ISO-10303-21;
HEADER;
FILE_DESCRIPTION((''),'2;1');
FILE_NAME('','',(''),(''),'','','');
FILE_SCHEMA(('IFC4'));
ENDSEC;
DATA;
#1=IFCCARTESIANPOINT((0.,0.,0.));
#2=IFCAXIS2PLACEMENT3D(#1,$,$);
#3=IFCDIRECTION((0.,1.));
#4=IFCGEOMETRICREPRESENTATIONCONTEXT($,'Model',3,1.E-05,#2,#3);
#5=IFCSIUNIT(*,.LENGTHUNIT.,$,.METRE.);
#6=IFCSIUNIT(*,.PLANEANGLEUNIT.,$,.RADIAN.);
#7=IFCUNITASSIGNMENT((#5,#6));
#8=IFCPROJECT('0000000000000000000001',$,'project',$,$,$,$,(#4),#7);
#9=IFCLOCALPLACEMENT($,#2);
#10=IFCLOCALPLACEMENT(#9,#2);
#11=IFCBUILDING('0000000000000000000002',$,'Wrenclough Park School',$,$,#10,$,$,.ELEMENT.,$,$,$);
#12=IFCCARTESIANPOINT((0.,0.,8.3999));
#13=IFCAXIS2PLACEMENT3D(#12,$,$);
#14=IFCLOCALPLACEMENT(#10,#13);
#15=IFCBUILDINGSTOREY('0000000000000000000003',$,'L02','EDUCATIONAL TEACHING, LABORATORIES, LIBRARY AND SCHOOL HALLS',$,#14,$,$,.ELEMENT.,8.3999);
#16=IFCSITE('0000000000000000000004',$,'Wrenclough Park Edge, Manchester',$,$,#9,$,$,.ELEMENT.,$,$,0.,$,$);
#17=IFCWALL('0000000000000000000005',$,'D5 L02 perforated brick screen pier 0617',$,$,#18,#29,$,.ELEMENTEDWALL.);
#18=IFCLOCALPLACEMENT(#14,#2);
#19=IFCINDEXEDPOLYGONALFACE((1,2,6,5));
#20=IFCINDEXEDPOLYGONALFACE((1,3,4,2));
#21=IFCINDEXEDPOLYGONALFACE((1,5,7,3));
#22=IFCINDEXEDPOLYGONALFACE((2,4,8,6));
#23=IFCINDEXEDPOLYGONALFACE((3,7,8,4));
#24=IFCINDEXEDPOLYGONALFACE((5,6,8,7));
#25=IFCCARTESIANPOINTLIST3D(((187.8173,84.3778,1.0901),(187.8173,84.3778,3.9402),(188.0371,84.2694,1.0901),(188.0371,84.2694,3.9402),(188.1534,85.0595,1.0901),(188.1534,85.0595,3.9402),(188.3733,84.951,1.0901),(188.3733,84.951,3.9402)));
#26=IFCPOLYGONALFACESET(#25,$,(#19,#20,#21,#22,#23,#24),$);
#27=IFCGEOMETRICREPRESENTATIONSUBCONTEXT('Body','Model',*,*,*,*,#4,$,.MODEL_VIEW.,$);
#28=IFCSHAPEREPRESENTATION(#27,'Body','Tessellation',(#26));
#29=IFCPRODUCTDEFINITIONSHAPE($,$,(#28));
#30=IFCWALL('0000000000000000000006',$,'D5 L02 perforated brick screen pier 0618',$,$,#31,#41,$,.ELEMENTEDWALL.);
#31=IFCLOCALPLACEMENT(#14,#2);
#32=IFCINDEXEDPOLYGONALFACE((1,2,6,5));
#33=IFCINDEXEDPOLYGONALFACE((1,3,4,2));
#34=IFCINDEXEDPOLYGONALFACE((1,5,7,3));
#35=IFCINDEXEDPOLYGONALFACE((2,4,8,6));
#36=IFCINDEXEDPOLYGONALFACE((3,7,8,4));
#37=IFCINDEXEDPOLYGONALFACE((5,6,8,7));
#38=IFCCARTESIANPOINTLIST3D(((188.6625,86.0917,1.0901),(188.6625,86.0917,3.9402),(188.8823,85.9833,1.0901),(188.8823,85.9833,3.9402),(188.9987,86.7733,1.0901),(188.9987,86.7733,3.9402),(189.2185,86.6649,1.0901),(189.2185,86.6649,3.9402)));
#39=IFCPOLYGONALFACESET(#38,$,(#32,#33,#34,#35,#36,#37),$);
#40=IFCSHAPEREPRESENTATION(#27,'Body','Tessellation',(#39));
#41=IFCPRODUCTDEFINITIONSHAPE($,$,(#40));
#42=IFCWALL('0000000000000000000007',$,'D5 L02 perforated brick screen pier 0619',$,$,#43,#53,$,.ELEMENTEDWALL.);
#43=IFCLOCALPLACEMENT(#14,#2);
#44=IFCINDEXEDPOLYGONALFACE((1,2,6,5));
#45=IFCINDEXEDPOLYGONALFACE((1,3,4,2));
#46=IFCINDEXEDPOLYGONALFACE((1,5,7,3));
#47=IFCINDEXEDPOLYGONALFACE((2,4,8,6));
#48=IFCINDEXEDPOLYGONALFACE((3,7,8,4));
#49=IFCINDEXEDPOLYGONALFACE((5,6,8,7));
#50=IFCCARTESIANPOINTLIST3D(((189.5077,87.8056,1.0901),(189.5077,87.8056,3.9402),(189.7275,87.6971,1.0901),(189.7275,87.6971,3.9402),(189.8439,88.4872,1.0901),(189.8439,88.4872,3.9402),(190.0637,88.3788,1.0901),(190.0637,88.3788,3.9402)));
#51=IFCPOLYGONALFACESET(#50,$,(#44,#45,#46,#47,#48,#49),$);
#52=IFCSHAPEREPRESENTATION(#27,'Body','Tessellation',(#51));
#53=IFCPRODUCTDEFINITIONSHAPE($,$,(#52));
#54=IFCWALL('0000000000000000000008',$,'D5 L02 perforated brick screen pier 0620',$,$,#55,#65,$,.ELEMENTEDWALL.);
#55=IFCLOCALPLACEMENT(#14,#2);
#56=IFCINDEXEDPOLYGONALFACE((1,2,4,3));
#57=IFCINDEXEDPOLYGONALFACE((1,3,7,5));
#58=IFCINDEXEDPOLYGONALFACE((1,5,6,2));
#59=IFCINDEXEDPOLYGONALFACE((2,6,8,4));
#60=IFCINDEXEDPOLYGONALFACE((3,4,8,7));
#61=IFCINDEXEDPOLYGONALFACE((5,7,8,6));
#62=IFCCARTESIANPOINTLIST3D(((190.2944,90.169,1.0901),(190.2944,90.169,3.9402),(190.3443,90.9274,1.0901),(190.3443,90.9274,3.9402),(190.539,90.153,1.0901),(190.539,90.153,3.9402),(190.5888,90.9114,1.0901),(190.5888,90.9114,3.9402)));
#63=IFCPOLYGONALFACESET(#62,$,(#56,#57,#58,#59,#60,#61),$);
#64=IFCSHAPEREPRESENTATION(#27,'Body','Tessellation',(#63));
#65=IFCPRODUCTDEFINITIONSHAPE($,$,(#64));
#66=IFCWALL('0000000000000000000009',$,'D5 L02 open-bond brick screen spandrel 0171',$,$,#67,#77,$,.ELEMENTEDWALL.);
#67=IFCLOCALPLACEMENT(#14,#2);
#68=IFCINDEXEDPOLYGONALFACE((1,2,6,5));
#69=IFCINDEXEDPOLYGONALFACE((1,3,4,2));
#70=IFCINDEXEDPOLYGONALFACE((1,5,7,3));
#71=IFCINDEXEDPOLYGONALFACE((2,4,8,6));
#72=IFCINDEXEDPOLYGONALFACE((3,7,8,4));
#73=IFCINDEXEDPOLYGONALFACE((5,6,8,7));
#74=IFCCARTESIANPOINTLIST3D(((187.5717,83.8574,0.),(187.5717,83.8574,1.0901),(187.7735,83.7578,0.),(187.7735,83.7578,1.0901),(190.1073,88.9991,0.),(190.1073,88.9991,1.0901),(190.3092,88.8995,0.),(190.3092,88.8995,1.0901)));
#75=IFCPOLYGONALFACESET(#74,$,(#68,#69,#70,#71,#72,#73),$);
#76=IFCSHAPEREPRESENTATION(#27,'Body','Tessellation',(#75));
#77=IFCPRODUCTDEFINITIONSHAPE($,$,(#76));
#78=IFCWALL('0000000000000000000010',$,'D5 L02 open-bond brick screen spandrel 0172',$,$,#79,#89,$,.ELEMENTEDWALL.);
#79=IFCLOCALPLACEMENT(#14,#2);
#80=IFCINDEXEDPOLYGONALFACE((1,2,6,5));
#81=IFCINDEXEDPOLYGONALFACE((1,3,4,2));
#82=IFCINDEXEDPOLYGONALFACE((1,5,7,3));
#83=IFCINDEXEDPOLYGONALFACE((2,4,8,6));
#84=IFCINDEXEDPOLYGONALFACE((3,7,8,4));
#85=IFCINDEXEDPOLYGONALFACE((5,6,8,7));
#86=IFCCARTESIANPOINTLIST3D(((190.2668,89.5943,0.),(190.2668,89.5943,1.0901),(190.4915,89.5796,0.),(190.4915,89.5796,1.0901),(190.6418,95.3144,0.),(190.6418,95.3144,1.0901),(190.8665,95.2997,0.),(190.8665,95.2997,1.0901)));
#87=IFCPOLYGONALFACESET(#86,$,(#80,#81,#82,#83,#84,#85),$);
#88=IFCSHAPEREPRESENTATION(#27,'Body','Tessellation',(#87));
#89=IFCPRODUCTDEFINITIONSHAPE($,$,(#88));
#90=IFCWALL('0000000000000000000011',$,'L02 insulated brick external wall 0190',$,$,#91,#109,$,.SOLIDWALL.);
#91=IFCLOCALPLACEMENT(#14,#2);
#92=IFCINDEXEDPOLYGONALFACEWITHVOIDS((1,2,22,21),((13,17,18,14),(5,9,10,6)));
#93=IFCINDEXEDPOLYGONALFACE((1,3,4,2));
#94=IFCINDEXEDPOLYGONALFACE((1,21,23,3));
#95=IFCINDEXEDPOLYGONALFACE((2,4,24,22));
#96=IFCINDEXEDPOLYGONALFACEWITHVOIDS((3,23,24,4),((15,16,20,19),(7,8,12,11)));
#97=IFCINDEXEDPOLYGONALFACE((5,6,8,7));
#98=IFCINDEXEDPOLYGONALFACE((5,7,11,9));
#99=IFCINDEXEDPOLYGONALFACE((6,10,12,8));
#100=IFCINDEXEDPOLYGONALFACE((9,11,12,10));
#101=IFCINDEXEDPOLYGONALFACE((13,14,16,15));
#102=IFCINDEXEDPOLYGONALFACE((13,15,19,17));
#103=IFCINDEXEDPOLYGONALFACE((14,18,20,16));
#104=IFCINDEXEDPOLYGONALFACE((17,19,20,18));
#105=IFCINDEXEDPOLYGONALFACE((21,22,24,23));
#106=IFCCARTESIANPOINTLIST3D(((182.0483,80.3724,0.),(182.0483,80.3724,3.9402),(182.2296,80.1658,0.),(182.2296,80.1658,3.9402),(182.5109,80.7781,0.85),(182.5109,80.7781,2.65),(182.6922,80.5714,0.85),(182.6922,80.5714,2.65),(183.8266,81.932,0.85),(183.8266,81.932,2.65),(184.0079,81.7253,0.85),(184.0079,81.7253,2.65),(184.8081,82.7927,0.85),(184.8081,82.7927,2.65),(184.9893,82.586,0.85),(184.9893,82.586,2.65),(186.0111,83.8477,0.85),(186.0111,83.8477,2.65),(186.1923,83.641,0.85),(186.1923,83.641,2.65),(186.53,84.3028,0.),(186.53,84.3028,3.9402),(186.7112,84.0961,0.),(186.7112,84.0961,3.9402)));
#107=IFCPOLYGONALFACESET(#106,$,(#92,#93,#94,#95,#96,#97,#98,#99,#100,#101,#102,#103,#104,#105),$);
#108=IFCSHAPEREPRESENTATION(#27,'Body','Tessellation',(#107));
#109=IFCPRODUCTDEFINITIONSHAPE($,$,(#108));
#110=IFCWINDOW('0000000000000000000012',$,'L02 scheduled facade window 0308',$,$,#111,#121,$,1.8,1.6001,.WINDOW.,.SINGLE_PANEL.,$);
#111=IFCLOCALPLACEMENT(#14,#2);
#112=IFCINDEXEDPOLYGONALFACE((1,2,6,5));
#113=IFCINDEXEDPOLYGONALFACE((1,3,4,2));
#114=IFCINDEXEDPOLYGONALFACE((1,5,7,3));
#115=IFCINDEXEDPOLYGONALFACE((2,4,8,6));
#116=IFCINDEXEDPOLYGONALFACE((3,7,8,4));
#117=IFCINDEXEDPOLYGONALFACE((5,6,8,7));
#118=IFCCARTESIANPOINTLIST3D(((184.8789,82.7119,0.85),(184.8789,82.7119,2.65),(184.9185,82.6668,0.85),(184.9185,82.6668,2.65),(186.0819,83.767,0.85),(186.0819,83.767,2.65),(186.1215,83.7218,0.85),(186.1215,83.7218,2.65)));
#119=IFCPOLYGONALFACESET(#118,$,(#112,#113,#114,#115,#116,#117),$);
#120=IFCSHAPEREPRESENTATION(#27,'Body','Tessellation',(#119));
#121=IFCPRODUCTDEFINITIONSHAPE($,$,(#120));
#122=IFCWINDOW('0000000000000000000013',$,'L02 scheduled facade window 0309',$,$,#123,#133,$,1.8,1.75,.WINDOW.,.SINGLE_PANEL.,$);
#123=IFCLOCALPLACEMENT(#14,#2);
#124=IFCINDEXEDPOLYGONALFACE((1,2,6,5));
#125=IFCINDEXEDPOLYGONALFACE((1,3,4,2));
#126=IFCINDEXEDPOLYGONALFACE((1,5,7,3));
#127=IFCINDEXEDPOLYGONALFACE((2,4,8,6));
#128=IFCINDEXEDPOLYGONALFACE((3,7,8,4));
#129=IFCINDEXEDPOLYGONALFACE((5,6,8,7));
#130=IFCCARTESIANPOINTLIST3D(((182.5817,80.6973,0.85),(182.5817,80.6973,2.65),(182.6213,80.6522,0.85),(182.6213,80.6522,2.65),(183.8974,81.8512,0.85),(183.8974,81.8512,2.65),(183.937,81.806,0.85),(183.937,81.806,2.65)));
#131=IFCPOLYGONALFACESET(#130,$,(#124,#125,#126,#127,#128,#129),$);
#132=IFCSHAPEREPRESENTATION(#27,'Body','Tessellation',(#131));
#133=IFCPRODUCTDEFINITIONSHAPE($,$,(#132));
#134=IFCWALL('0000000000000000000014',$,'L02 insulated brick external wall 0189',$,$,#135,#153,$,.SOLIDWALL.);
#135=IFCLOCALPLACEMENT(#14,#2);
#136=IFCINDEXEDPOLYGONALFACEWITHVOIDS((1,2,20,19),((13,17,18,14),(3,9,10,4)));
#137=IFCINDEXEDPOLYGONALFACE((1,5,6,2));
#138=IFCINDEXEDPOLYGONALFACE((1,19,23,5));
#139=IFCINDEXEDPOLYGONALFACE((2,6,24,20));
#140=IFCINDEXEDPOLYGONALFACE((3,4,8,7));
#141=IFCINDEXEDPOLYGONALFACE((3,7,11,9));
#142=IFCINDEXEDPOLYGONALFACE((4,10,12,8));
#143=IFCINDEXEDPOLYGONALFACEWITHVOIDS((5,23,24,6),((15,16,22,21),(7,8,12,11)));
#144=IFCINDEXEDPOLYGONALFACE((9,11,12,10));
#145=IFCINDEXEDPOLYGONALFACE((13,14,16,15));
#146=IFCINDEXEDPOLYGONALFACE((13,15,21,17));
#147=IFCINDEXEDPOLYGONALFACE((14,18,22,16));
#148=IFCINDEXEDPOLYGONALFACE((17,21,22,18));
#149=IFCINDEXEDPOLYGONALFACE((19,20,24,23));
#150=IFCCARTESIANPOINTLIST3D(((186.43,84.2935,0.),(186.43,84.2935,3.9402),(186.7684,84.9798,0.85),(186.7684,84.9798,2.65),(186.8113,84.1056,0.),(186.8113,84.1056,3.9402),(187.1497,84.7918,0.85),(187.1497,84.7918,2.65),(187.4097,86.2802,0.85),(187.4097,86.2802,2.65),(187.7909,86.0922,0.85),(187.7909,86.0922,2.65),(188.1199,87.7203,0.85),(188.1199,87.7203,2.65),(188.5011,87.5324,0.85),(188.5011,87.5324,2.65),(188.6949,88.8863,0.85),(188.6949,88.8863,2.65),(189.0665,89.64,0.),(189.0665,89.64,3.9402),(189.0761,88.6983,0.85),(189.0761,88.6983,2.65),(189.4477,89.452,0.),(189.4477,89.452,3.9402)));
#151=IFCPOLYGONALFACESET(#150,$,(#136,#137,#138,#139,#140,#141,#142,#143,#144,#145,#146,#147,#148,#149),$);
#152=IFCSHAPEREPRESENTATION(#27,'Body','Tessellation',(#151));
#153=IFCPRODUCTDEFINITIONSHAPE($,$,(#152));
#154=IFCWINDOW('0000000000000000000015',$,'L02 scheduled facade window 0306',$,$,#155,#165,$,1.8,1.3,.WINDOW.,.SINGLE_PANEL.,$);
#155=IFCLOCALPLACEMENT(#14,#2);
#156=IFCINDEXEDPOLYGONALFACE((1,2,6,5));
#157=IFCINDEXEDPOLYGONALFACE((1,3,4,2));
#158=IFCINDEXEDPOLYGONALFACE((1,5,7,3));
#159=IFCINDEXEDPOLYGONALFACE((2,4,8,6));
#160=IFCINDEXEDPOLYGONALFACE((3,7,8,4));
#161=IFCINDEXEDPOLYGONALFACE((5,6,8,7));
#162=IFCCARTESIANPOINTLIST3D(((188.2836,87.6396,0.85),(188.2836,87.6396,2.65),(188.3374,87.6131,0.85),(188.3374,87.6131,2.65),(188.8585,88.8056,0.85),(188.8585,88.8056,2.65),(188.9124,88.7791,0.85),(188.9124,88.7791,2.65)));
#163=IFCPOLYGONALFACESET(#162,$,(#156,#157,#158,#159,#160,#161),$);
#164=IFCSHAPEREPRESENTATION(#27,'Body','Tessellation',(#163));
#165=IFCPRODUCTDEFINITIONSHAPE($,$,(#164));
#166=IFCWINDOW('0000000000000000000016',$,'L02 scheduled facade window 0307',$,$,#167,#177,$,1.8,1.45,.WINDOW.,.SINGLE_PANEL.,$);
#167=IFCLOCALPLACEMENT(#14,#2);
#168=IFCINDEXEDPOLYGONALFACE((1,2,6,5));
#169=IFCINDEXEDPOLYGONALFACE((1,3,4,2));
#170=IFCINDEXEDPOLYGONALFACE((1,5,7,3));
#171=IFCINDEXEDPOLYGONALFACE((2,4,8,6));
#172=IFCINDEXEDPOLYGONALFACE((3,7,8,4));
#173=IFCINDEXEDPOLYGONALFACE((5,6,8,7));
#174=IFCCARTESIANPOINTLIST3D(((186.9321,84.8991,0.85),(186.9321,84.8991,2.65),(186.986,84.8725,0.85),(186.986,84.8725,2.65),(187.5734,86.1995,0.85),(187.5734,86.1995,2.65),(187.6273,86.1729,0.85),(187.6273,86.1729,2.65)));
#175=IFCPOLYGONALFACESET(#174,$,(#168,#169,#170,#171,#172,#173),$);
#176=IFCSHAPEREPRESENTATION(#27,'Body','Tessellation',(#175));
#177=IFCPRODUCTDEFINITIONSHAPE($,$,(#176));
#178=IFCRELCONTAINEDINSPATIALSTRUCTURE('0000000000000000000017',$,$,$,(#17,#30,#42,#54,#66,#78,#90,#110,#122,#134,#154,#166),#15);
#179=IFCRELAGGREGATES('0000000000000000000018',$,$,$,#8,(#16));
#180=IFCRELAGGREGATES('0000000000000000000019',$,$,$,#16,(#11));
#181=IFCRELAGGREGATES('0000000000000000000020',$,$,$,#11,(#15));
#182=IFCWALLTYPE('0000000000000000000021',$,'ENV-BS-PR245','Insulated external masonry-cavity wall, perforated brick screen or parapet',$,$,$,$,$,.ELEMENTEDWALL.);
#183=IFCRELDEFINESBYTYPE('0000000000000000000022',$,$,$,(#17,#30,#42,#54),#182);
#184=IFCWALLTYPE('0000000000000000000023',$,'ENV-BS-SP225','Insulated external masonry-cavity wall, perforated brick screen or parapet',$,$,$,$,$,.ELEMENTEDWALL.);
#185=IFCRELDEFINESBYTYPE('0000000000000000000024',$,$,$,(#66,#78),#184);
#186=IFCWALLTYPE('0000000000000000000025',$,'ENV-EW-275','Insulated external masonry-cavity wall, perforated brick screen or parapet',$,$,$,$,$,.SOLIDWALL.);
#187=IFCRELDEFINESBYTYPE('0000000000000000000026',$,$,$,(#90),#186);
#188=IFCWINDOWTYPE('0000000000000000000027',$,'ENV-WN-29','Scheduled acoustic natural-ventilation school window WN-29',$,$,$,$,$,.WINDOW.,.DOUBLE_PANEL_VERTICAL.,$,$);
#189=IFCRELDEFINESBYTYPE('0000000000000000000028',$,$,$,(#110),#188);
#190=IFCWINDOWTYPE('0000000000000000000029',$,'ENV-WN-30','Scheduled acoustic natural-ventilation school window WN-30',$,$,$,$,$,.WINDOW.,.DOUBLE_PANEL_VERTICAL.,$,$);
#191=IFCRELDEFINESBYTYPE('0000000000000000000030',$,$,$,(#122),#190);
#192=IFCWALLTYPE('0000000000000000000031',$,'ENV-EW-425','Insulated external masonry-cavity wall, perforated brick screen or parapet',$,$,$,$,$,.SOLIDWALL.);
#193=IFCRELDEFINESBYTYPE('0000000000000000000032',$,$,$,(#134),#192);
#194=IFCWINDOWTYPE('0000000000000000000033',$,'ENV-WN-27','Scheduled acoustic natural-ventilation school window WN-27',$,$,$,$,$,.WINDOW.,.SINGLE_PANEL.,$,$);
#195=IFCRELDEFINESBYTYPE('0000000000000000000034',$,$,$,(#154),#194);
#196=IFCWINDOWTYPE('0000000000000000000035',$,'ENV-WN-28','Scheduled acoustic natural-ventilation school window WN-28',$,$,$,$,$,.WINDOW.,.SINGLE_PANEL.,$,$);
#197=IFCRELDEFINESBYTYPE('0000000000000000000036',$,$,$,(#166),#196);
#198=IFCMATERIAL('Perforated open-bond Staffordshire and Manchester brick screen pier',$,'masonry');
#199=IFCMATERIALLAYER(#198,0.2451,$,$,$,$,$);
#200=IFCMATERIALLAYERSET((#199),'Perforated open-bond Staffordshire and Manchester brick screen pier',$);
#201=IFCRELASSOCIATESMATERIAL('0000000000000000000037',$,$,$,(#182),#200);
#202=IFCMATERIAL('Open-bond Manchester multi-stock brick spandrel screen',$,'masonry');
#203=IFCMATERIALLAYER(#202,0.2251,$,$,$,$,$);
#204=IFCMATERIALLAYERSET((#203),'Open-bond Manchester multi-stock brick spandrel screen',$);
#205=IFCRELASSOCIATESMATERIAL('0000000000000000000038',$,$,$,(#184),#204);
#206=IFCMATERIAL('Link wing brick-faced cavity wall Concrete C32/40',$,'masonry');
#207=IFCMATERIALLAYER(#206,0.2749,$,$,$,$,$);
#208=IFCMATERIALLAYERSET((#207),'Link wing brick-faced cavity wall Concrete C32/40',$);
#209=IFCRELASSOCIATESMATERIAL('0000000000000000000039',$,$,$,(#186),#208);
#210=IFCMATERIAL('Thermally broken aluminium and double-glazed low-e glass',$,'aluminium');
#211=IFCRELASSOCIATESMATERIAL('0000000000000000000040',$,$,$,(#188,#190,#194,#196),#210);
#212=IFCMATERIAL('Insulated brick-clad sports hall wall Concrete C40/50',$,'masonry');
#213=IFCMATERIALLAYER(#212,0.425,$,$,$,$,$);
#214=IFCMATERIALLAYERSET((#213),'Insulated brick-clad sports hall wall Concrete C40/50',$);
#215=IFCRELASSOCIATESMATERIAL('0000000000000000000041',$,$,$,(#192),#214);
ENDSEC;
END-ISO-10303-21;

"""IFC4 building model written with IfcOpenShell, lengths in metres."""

from ifc_helpers import new_model, si_unit, direction, frame, frame_2d, origin, place, context, subcontext, project, spatial, rectangle, extrude, material, layer, layer_set, type_object, element, fill, save


model = new_model("IFC4")

# Units and contexts
model_context = context("Model", 3, precision=1e-05, world=origin(), true_north=direction((0.0, 1.0)))
body_context = subcontext(model_context, "Body", "Model", "MODEL_VIEW")
ifc_project = project(units=[si_unit("LENGTHUNIT", "METRE"), si_unit("PLANEANGLEUNIT", "RADIAN")], contexts=[model_context])

# Site, building, storey
site_placement = place(None, origin())
site = spatial("IfcSite", under=ifc_project, at=site_placement, Name="Wrenclough Park Edge, Manchester", CompositionType="ELEMENT", RefElevation=0.0)
building_placement = place(site_placement, origin())
building = spatial("IfcBuilding", under=site, at=building_placement, Name="Wrenclough Park School", CompositionType="ELEMENT")
storey_placement = place(building_placement, frame((0.0, 0.0, 8.3999)))
storey = spatial("IfcBuildingStorey", under=building, at=storey_placement, Name="L02", Description="EDUCATIONAL TEACHING, LABORATORIES, LIBRARY AND SCHOOL HALLS", CompositionType="ELEMENT", Elevation=8.3999)

# Walls
ifc_material_1 = material(Name="Perforated open-bond Staffordshire and Manchester brick screen pier", Category="masonry")
ifc_layer_1 = layer(ifc_material_1, 0.2451)
ifc_layer_set_1 = layer_set([ifc_layer_1], Name="Perforated open-bond Staffordshire and Manchester brick screen pier")
wall_type_1 = type_object("IfcWallType", Name="ENV-BS-PR245", Description="Insulated external masonry-cavity wall, perforated brick screen or parapet", PredefinedType="ELEMENTEDWALL", material=ifc_layer_set_1)
for number, where, z_axis, x_axis, name in (
    (1, (187.9272, 84.3237, 1.0901), (0.0, 0.0, 1.0), (0.442324, 0.896855, 0.0), "D5 L02 perforated brick screen pier 0617"),
    (2, (188.7725, 86.0376, 1.0901), (0.0, 0.0, 1.0), (0.442324, 0.896855, 0.0), "D5 L02 perforated brick screen pier 0618"),
    (3, (189.6177, 87.7515, 1.0901), (0.0, 0.0, 1.0), (0.442324, 0.896855, 0.0), "D5 L02 perforated brick screen pier 0619"),
    (4, (190.4167, 90.1611, 1.0901), (0.0, 0.0, 1.0), (0.065538, 0.99785, 0.0), "D5 L02 perforated brick screen pier 0620"),
):
    element("IfcWall", number, at=place(storey_placement, frame(where, z_axis=z_axis, x_axis=x_axis)), inside=storey, type_object=wall_type_1, Name=name, PredefinedType="ELEMENTEDWALL", context=body_context, shape_type="SweptSolid", body=[
        extrude(rectangle(XDim=0.76, YDim=0.2451, at=frame_2d((0.3799, 0.0))), origin(), (0.0, 0.0, 1.0), 2.8501),
    ])
ifc_material_2 = material(Name="Open-bond Manchester multi-stock brick spandrel screen", Category="masonry")
ifc_layer_2 = layer(ifc_material_2, 0.2251)
ifc_layer_set_2 = layer_set([ifc_layer_2], Name="Open-bond Manchester multi-stock brick spandrel screen")
wall_type_2 = type_object("IfcWallType", Name="ENV-BS-SP225", Description="Insulated external masonry-cavity wall, perforated brick screen or parapet", PredefinedType="ELEMENTEDWALL", material=ifc_layer_set_2)
wall_1_placement = place(storey_placement, frame((187.6726, 83.8076, 0.0), z_axis=(0.0, 0.0, 1.0), x_axis=(0.442301, 0.896867, 0.0)))
element("IfcWall", 5, at=wall_1_placement, inside=storey, type_object=wall_type_2, Name="D5 L02 open-bond brick screen spandrel 0171", PredefinedType="ELEMENTEDWALL", context=body_context, shape_type="SweptSolid", body=[
    extrude(rectangle(XDim=5.7329, YDim=0.2251, at=frame_2d((2.8665, 0.0))), origin(), (0.0, 0.0, 1.0), 1.0901),
])
wall_2_placement = place(storey_placement, frame((190.3792, 89.5869, 0.0), z_axis=(0.0, 0.0, 1.0), x_axis=(0.065417, 0.997858, 0.0)))
element("IfcWall", 6, at=wall_2_placement, inside=storey, type_object=wall_type_2, Name="D5 L02 open-bond brick screen spandrel 0172", PredefinedType="ELEMENTEDWALL", context=body_context, shape_type="SweptSolid", body=[
    extrude(rectangle(XDim=5.7324, YDim=0.2251, at=frame_2d((2.8662, 0.0))), origin(), (0.0, 0.0, 1.0), 1.0901),
])

# Walls, openings, windows
ifc_material_3 = material(Name="Link wing brick-faced cavity wall Concrete C32/40", Category="masonry")
ifc_layer_3 = layer(ifc_material_3, 0.2749)
ifc_layer_set_3 = layer_set([ifc_layer_3], Name="Link wing brick-faced cavity wall Concrete C32/40")
wall_type_3 = type_object("IfcWallType", Name="ENV-EW-275", Description="Insulated external masonry-cavity wall, perforated brick screen or parapet", PredefinedType="SOLIDWALL", material=ifc_layer_set_3)
wall_3_placement = place(storey_placement, frame((186.6206, 84.1995, 0.0), z_axis=(0.0, 0.0, 1.0), x_axis=(-0.751833, -0.659354, 0.0)))
wall_3 = element("IfcWall", 7, at=wall_3_placement, inside=storey, type_object=wall_type_3, Name="L02 insulated brick external wall 0190", PredefinedType="SOLIDWALL", context=body_context, shape_type="SweptSolid", body=[
    extrude(rectangle(XDim=5.9609, YDim=0.2749, at=frame_2d((2.9805, 0.0))), origin(), (0.0, 0.0, 1.0), 3.9402),
])
opening_1_placement = place(wall_3_placement, frame((0.6902, 0.0, 0.8501)))
opening_1 = element("IfcOpeningElement", 8, at=opening_1_placement, cuts=wall_3, PredefinedType="OPENING", context=body_context, shape_type="SweptSolid", body=[
    extrude(rectangle(XDim=1.6001, YDim=1.8, at=frame_2d((0.8, 0.8999))), frame((0.0, 0.1475, 0.0), z_axis=(0.0, -1.0, 0.0), x_axis=(1.0, 0.0, 0.0)), (0.0, 0.0, 1.0), 0.2949),
])
opening_2_placement = place(wall_3_placement, frame((3.5957, 0.0, 0.8501)))
opening_2 = element("IfcOpeningElement", 9, at=opening_2_placement, cuts=wall_3, PredefinedType="OPENING", context=body_context, shape_type="SweptSolid", body=[
    extrude(rectangle(XDim=1.75, YDim=1.8, at=frame_2d((0.875, 0.8999))), frame((0.0, 0.1475, 0.0), z_axis=(0.0, -1.0, 0.0), x_axis=(1.0, 0.0, 0.0)), (0.0, 0.0, 1.0), 0.2949),
])
ifc_material_4 = material(Name="Thermally broken aluminium and double-glazed low-e glass", Category="aluminium")
window_type_1 = type_object("IfcWindowType", Name="ENV-WN-29", Description="Scheduled acoustic natural-ventilation school window WN-29", PartitioningType="DOUBLE_PANEL_VERTICAL", PredefinedType="WINDOW", material=ifc_material_4)
window_1_placement = place(opening_1_placement, origin())
window_1 = element("IfcWindow", 10, at=window_1_placement, inside=storey, type_object=window_type_1, Name="L02 scheduled facade window 0308", OverallHeight=1.8, OverallWidth=1.6001, PartitioningType="SINGLE_PANEL", PredefinedType="WINDOW", context=body_context, shape_type="SweptSolid", body=[
    extrude(rectangle(XDim=1.6001, YDim=1.8, at=frame_2d((0.8, 0.8999))), frame((0.0, 0.03, 0.0), z_axis=(0.0, -1.0, 0.0), x_axis=(1.0, 0.0, 0.0)), (0.0, 0.0, 1.0), 0.0601),
])
fill(opening_1, window_1)
window_type_2 = type_object("IfcWindowType", Name="ENV-WN-30", Description="Scheduled acoustic natural-ventilation school window WN-30", PartitioningType="DOUBLE_PANEL_VERTICAL", PredefinedType="WINDOW", material=ifc_material_4)
window_2_placement = place(opening_2_placement, origin())
window_2 = element("IfcWindow", 11, at=window_2_placement, inside=storey, type_object=window_type_2, Name="L02 scheduled facade window 0309", OverallHeight=1.8, OverallWidth=1.75, PartitioningType="SINGLE_PANEL", PredefinedType="WINDOW", context=body_context, shape_type="SweptSolid", body=[
    extrude(rectangle(XDim=1.75, YDim=1.8, at=frame_2d((0.875, 0.8999))), frame((0.0, 0.03, 0.0), z_axis=(0.0, -1.0, 0.0), x_axis=(1.0, 0.0, 0.0)), (0.0, 0.0, 1.0), 0.0601),
])
fill(opening_2, window_2)
ifc_material_5 = material(Name="Insulated brick-clad sports hall wall Concrete C40/50", Category="masonry")
ifc_layer_4 = layer(ifc_material_5, 0.425)
ifc_layer_set_4 = layer_set([ifc_layer_4], Name="Insulated brick-clad sports hall wall Concrete C40/50")
wall_type_4 = type_object("IfcWallType", Name="ENV-EW-425", Description="Insulated external masonry-cavity wall, perforated brick screen or parapet", PredefinedType="SOLIDWALL", material=ifc_layer_set_4)
wall_4_placement = place(storey_placement, frame((189.2571, 89.5459, 0.0), z_axis=(0.0, 0.0, 1.0), x_axis=(-0.442276, -0.896879, 0.0)))
wall_4 = element("IfcWall", 12, at=wall_4_placement, inside=storey, type_object=wall_type_4, Name="L02 insulated brick external wall 0189", PredefinedType="SOLIDWALL", context=body_context, shape_type="SweptSolid", body=[
    extrude(rectangle(XDim=5.9612, YDim=0.425, at=frame_2d((2.9805, 0.0))), origin(), (0.0, 0.0, 1.0), 3.9402),
])
opening_3_placement = place(wall_4_placement, frame((0.8403, 0.0, 0.8501)))
opening_3 = element("IfcOpeningElement", 13, at=opening_3_placement, cuts=wall_4, PredefinedType="OPENING", context=body_context, shape_type="SweptSolid", body=[
    extrude(rectangle(XDim=1.3, YDim=1.8, at=frame_2d((0.6499, 0.8999))), frame((0.0, 0.2224, 0.0), z_axis=(0.0, -1.0, 0.0), x_axis=(1.0, 0.0, 0.0)), (0.0, 0.0, 1.0), 0.4451),
])
opening_4_placement = place(wall_4_placement, frame((3.7458, 0.0, 0.8501)))
opening_4 = element("IfcOpeningElement", 14, at=opening_4_placement, cuts=wall_4, PredefinedType="OPENING", context=body_context, shape_type="SweptSolid", body=[
    extrude(rectangle(XDim=1.45, YDim=1.8, at=frame_2d((0.7251, 0.8999))), frame((0.0, 0.2224, 0.0), z_axis=(0.0, -1.0, 0.0), x_axis=(1.0, 0.0, 0.0)), (0.0, 0.0, 1.0), 0.4451),
])
window_type_3 = type_object("IfcWindowType", Name="ENV-WN-27", Description="Scheduled acoustic natural-ventilation school window WN-27", PartitioningType="SINGLE_PANEL", PredefinedType="WINDOW", material=ifc_material_4)
window_3_placement = place(opening_3_placement, origin())
window_3 = element("IfcWindow", 15, at=window_3_placement, inside=storey, type_object=window_type_3, Name="L02 scheduled facade window 0306", OverallHeight=1.8, OverallWidth=1.3, PartitioningType="SINGLE_PANEL", PredefinedType="WINDOW", context=body_context, shape_type="SweptSolid", body=[
    extrude(rectangle(XDim=1.3, YDim=1.8, at=frame_2d((0.6499, 0.8999))), frame((0.0, 0.03, 0.0), z_axis=(0.0, -1.0, 0.0), x_axis=(1.0, 0.0, 0.0)), (0.0, 0.0, 1.0), 0.0601),
])
fill(opening_3, window_3)
window_type_4 = type_object("IfcWindowType", Name="ENV-WN-28", Description="Scheduled acoustic natural-ventilation school window WN-28", PartitioningType="SINGLE_PANEL", PredefinedType="WINDOW", material=ifc_material_4)
window_4_placement = place(opening_4_placement, origin())
window_4 = element("IfcWindow", 16, at=window_4_placement, inside=storey, type_object=window_type_4, Name="L02 scheduled facade window 0307", OverallHeight=1.8, OverallWidth=1.45, PartitioningType="SINGLE_PANEL", PredefinedType="WINDOW", context=body_context, shape_type="SweptSolid", body=[
    extrude(rectangle(XDim=1.45, YDim=1.8, at=frame_2d((0.7251, 0.8999))), frame((0.0, 0.03, 0.0), z_axis=(0.0, -1.0, 0.0), x_axis=(1.0, 0.0, 0.0)), (0.0, 0.0, 1.0), 0.0601),
])
fill(opening_4, window_4)

save(model, "model.ifc")
